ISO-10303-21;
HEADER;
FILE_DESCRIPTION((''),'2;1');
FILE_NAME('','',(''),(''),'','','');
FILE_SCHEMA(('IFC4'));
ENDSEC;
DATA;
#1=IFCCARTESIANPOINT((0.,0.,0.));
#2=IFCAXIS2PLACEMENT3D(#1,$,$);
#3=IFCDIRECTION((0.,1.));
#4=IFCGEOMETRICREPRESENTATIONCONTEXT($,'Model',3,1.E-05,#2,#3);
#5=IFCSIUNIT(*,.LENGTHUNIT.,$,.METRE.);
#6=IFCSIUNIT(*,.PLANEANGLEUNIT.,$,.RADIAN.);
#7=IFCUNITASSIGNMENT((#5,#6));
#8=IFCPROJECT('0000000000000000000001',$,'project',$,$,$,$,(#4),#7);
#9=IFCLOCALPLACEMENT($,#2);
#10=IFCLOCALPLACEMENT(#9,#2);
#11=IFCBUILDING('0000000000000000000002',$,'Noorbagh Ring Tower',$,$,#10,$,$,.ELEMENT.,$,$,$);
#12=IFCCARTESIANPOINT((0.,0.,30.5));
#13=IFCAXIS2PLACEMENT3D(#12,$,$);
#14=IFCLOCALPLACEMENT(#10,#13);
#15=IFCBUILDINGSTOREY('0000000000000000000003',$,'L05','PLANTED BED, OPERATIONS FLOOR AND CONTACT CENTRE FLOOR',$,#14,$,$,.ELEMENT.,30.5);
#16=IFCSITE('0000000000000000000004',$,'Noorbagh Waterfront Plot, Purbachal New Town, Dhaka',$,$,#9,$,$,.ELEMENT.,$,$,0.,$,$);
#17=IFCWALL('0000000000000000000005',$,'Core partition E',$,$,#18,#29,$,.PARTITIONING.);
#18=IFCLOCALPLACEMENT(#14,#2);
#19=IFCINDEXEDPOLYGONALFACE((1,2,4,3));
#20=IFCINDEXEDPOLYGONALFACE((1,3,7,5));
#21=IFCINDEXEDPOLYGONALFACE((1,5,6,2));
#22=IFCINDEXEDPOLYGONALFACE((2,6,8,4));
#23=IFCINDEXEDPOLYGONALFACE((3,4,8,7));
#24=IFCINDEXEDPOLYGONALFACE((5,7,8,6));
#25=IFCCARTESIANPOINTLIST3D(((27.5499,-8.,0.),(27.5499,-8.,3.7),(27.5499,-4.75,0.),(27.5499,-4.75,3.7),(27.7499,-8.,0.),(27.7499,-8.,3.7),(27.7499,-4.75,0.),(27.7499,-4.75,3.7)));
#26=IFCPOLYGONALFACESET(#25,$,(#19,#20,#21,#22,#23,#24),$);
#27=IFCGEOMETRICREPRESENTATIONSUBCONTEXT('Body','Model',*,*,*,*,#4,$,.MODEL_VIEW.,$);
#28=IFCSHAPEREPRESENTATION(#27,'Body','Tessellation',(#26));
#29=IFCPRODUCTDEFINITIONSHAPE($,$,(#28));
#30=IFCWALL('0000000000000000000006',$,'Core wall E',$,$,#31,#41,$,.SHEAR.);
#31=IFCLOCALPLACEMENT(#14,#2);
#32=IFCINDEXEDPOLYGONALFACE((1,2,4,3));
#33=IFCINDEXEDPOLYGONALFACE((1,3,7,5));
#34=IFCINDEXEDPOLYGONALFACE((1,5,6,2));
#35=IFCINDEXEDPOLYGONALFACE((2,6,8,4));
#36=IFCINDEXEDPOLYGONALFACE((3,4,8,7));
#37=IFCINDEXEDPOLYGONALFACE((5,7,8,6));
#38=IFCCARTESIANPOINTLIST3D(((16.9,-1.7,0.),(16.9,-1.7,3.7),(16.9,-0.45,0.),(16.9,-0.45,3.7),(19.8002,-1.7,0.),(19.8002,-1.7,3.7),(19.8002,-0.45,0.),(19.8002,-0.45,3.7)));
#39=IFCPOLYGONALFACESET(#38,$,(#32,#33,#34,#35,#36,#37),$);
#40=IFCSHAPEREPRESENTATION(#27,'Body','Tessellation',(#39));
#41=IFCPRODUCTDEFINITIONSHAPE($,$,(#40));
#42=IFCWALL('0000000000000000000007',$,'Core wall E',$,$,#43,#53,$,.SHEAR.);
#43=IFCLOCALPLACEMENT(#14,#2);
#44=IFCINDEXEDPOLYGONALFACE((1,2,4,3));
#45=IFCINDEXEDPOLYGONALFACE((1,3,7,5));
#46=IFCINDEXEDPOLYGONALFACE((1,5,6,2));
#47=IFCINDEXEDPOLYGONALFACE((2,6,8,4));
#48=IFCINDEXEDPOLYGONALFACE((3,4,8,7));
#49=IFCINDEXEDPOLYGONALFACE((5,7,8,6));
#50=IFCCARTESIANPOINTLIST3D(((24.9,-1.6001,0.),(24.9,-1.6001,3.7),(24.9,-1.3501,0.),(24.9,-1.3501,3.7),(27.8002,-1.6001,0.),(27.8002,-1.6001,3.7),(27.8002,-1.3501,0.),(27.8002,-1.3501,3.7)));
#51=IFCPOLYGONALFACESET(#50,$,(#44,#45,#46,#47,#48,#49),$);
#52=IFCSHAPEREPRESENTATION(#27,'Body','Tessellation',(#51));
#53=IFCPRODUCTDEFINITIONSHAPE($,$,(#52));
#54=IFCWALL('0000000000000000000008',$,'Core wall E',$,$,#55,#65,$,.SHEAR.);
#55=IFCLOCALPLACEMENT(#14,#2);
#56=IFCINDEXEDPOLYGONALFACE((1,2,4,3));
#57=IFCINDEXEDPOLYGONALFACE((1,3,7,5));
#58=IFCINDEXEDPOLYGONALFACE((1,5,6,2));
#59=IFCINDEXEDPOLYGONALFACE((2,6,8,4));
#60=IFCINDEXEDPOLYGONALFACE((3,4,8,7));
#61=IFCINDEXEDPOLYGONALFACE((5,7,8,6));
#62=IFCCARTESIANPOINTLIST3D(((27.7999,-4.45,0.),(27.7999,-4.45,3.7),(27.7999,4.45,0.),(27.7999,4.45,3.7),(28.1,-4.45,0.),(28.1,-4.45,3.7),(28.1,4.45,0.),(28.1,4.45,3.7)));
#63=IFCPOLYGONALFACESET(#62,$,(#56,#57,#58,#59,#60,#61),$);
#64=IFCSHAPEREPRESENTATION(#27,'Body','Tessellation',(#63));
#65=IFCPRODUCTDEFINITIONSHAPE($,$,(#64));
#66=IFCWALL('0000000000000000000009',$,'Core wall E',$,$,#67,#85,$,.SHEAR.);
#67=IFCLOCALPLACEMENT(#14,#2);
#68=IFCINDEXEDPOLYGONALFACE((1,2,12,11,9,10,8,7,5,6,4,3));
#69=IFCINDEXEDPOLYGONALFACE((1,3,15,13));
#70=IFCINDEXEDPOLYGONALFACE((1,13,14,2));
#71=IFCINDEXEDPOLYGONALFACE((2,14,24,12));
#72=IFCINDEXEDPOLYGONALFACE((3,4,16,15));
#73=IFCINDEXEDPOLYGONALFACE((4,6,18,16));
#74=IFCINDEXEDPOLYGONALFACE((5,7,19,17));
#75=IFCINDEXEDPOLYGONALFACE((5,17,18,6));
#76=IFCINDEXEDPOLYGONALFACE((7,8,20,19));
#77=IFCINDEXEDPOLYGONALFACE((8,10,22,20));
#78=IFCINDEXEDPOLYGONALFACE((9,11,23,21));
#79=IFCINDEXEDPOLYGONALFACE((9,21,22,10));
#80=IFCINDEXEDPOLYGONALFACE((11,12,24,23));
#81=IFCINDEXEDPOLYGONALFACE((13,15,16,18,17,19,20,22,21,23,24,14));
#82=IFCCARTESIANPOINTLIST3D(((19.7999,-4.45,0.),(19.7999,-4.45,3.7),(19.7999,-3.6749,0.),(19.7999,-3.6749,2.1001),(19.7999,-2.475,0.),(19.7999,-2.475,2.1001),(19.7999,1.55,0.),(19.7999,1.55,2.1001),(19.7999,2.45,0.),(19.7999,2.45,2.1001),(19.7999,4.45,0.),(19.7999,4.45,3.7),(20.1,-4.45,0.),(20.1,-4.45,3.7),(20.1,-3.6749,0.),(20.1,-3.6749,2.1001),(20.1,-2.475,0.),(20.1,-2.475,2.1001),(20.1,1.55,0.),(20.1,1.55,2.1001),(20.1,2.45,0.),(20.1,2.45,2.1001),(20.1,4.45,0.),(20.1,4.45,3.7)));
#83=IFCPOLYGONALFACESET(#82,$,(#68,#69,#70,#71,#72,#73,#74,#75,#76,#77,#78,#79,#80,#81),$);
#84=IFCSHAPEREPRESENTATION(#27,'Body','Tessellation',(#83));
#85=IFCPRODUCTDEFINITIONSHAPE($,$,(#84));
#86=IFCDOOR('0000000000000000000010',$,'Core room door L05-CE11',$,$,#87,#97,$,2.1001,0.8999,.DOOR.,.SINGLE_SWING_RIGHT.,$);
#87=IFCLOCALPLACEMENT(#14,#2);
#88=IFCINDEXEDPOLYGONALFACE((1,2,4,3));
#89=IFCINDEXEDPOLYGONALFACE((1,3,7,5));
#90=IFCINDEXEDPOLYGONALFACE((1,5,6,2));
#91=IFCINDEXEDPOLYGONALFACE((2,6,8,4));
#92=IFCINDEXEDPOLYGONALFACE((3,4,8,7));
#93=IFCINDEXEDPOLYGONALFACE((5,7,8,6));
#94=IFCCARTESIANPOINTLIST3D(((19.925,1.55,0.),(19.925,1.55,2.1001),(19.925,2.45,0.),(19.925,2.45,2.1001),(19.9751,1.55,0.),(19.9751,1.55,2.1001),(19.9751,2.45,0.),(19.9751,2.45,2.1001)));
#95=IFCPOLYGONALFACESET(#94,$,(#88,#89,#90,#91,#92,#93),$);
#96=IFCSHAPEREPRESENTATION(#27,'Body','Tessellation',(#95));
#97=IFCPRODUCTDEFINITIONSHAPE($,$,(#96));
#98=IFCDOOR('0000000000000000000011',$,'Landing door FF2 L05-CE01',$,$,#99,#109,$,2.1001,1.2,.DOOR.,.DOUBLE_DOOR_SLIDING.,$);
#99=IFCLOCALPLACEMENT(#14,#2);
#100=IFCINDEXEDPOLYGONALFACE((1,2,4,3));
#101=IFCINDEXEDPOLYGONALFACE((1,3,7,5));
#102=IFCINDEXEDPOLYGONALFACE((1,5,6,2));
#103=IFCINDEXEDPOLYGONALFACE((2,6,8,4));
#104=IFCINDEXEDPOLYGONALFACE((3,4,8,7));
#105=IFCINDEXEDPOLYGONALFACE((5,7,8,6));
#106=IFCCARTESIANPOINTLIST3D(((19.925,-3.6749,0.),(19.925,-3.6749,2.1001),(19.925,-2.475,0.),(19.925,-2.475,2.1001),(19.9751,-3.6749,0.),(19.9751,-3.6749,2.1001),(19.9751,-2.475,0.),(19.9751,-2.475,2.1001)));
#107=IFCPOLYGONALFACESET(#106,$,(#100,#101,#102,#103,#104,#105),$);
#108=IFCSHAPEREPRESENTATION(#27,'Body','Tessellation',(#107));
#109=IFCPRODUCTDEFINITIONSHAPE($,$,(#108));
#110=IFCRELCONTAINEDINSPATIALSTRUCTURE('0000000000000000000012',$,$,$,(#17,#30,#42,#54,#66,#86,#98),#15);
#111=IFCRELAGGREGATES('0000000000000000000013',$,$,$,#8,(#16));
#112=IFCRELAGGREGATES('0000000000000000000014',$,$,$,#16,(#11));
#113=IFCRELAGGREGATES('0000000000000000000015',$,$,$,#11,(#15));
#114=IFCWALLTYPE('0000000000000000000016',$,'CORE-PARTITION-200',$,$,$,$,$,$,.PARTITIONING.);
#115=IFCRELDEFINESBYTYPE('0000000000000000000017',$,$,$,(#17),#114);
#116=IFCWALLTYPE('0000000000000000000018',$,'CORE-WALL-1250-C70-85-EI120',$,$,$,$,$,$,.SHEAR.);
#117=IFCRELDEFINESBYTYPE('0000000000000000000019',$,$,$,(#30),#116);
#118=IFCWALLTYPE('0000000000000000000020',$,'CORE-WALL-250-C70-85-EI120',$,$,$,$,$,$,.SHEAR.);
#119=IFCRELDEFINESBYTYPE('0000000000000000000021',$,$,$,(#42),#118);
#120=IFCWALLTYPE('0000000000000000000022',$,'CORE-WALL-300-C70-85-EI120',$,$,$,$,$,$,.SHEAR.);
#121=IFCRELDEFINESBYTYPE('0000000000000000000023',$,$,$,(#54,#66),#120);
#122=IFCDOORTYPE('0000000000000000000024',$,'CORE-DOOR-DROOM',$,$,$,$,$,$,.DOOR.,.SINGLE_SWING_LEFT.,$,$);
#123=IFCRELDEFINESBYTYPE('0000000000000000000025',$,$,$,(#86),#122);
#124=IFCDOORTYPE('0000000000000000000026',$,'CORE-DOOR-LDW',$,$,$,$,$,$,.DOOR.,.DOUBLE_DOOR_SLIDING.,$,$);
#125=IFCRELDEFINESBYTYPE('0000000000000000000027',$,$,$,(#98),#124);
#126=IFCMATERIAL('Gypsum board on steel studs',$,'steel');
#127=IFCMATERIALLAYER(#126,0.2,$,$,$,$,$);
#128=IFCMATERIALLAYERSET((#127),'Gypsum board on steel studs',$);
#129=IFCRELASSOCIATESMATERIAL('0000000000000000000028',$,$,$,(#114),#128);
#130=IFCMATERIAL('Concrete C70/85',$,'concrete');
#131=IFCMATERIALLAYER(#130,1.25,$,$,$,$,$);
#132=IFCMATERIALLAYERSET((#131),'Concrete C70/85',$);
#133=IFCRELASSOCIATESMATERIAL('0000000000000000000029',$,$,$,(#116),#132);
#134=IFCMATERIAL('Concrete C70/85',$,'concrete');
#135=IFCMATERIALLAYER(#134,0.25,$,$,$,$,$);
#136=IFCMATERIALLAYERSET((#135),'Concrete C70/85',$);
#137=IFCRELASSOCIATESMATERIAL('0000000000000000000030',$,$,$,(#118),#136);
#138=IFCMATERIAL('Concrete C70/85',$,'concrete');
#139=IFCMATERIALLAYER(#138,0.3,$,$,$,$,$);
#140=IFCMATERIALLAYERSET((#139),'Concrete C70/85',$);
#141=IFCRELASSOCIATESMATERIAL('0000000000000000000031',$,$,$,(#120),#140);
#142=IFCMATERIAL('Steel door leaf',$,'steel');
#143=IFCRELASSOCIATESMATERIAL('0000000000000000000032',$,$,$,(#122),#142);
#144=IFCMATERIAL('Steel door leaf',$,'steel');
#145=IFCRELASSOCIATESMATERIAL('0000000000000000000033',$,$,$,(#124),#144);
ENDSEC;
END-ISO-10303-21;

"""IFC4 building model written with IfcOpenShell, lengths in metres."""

from ifc_helpers import new_model, si_unit, direction, frame, frame_2d, origin, place, context, subcontext, project, spatial, rectangle, extrude, material, layer, layer_set, type_object, element, fill, save


model = new_model("IFC4")

# Units and contexts
model_context = context("Model", 3, precision=1e-05, world=origin(), true_north=direction((0.0, 1.0)))
body_context = subcontext(model_context, "Body", "Model", "MODEL_VIEW")
ifc_project = project(units=[si_unit("LENGTHUNIT", "METRE"), si_unit("PLANEANGLEUNIT", "RADIAN")], contexts=[model_context])

# Site, building, storey
site_placement = place(None, origin())
site = spatial("IfcSite", under=ifc_project, at=site_placement, Name="Noorbagh Waterfront Plot, Purbachal New Town, Dhaka", CompositionType="ELEMENT", RefElevation=0.0)
building_placement = place(site_placement, origin())
building = spatial("IfcBuilding", under=site, at=building_placement, Name="Noorbagh Ring Tower", CompositionType="ELEMENT")
storey_placement = place(building_placement, frame((0.0, 0.0, 30.5)))
storey = spatial("IfcBuildingStorey", under=building, at=storey_placement, Name="L05", Description="PLANTED BED, OPERATIONS FLOOR AND CONTACT CENTRE FLOOR", CompositionType="ELEMENT", Elevation=30.5)

# Walls
ifc_material_1 = material(Name="Gypsum board on steel studs", Category="steel")
ifc_layer_1 = layer(ifc_material_1, 0.2)
ifc_layer_set_1 = layer_set([ifc_layer_1], Name="Gypsum board on steel studs")
wall_type_1 = type_object("IfcWallType", Name="CORE-PARTITION-200", PredefinedType="PARTITIONING", material=ifc_layer_set_1)
wall_1_placement = place(storey_placement, frame((27.6499, -8.0, 0.0), z_axis=(0.0, 0.0, 1.0), x_axis=(0.0, 1.0, 0.0)))
element("IfcWall", 1, at=wall_1_placement, inside=storey, type_object=wall_type_1, Name="Core partition E", PredefinedType="PARTITIONING", context=body_context, shape_type="SweptSolid", body=[
    extrude(rectangle(XDim=3.25, YDim=0.2, at=frame_2d((1.625, 0.0))), origin(), (0.0, 0.0, 1.0), 3.7),
])
ifc_material_2 = material(Name="Concrete C70/85", Category="concrete")
ifc_layer_2 = layer(ifc_material_2, 1.25)
ifc_layer_set_2 = layer_set([ifc_layer_2], Name="Concrete C70/85")
wall_type_2 = type_object("IfcWallType", Name="CORE-WALL-1250-C70-85-EI120", PredefinedType="SHEAR", material=ifc_layer_set_2)
wall_2_placement = place(storey_placement, frame((16.8999, -1.075, 0.0), z_axis=(0.0, 0.0, 1.0), x_axis=(1.0, 0.0, 0.0)))
element("IfcWall", 2, at=wall_2_placement, inside=storey, type_object=wall_type_2, Name="Core wall E", PredefinedType="SHEAR", context=body_context, shape_type="SweptSolid", body=[
    extrude(rectangle(XDim=2.9001, YDim=1.25, at=frame_2d((1.4502, 0.0))), origin(), (0.0, 0.0, 1.0), 3.7),
])
ifc_material_3 = material(Name="Concrete C70/85", Category="concrete")
ifc_layer_3 = layer(ifc_material_3, 0.25)
ifc_layer_set_3 = layer_set([ifc_layer_3], Name="Concrete C70/85")
wall_type_3 = type_object("IfcWallType", Name="CORE-WALL-250-C70-85-EI120", PredefinedType="SHEAR", material=ifc_layer_set_3)
wall_3_placement = place(storey_placement, frame((24.8999, -1.4751, 0.0), z_axis=(0.0, 0.0, 1.0), x_axis=(1.0, 0.0, 0.0)))
element("IfcWall", 3, at=wall_3_placement, inside=storey, type_object=wall_type_3, Name="Core wall E", PredefinedType="SHEAR", context=body_context, shape_type="SweptSolid", body=[
    extrude(rectangle(XDim=2.9001, YDim=0.25, at=frame_2d((1.4502, 0.0))), origin(), (0.0, 0.0, 1.0), 3.7),
])
ifc_material_4 = material(Name="Concrete C70/85", Category="concrete")
ifc_layer_4 = layer(ifc_material_4, 0.3)
ifc_layer_set_4 = layer_set([ifc_layer_4], Name="Concrete C70/85")
wall_type_4 = type_object("IfcWallType", Name="CORE-WALL-300-C70-85-EI120", PredefinedType="SHEAR", material=ifc_layer_set_4)
wall_4_placement = place(storey_placement, frame((27.95, -4.45, 0.0), z_axis=(0.0, 0.0, 1.0), x_axis=(0.0, 1.0, 0.0)))
element("IfcWall", 4, at=wall_4_placement, inside=storey, type_object=wall_type_4, Name="Core wall E", PredefinedType="SHEAR", context=body_context, shape_type="SweptSolid", body=[
    extrude(rectangle(XDim=8.8999, YDim=0.3, at=frame_2d((4.45, 0.0))), origin(), (0.0, 0.0, 1.0), 3.7),
])

# Wall, openings, doors
wall_5_placement = place(storey_placement, frame((19.95, -4.45, 0.0), z_axis=(0.0, 0.0, 1.0), x_axis=(0.0, 1.0, 0.0)))
wall_5 = element("IfcWall", 5, at=wall_5_placement, inside=storey, type_object=wall_type_4, Name="Core wall E", PredefinedType="SHEAR", context=body_context, shape_type="SweptSolid", body=[
    extrude(rectangle(XDim=8.8999, YDim=0.3, at=frame_2d((4.45, 0.0))), origin(), (0.0, 0.0, 1.0), 3.7),
])
opening_1_placement = place(wall_5_placement, frame((0.7749, 0.0, 0.0)))
opening_1 = element("IfcOpeningElement", 6, at=opening_1_placement, cuts=wall_5, PredefinedType="OPENING", context=body_context, shape_type="SweptSolid", body=[
    extrude(rectangle(XDim=1.2, YDim=2.1001, at=frame_2d((0.6001, 1.05))), frame((0.0, 0.1602, 0.0), z_axis=(0.0, -1.0, 0.0), x_axis=(1.0, 0.0, 0.0)), (0.0, 0.0, 1.0), 0.3201),
])
opening_2_placement = place(wall_5_placement, frame((6.0, 0.0, 0.0)))
opening_2 = element("IfcOpeningElement", 7, at=opening_2_placement, cuts=wall_5, PredefinedType="OPENING", context=body_context, shape_type="SweptSolid", body=[
    extrude(rectangle(XDim=0.8999, YDim=2.1001, at=frame_2d((0.45, 1.05))), frame((0.0, 0.1602, 0.0), z_axis=(0.0, -1.0, 0.0), x_axis=(1.0, 0.0, 0.0)), (0.0, 0.0, 1.0), 0.3201),
])
ifc_material_5 = material(Name="Steel door leaf", Category="steel")
door_type_1 = type_object("IfcDoorType", Name="CORE-DOOR-DROOM", OperationType="SINGLE_SWING_LEFT", PredefinedType="DOOR", material=ifc_material_5)
door_1_placement = place(opening_2_placement, origin())
door_1 = element("IfcDoor", 8, at=door_1_placement, inside=storey, type_object=door_type_1, Name="Core room door L05-CE11", OperationType="SINGLE_SWING_RIGHT", OverallHeight=2.1001, OverallWidth=0.8999, PredefinedType="DOOR", context=body_context, shape_type="SweptSolid", body=[
    extrude(rectangle(XDim=0.8999, YDim=2.1001, at=frame_2d((0.45, 1.05))), frame((0.0, 0.0249, 0.0), z_axis=(0.0, -1.0, 0.0), x_axis=(1.0, 0.0, 0.0)), (0.0, 0.0, 1.0), 0.05),
])
fill(opening_2, door_1)
ifc_material_6 = material(Name="Steel door leaf", Category="steel")
door_type_2 = type_object("IfcDoorType", Name="CORE-DOOR-LDW", OperationType="DOUBLE_DOOR_SLIDING", PredefinedType="DOOR", material=ifc_material_6)
door_2_placement = place(opening_1_placement, origin())
door_2 = element("IfcDoor", 9, at=door_2_placement, inside=storey, type_object=door_type_2, Name="Landing door FF2 L05-CE01", OperationType="DOUBLE_DOOR_SLIDING", OverallHeight=2.1001, OverallWidth=1.2, PredefinedType="DOOR", context=body_context, shape_type="SweptSolid", body=[
    extrude(rectangle(XDim=1.2, YDim=2.1001, at=frame_2d((0.6001, 1.05))), frame((0.0, 0.0249, 0.0), z_axis=(0.0, -1.0, 0.0), x_axis=(1.0, 0.0, 0.0)), (0.0, 0.0, 1.0), 0.05),
])
fill(opening_1, door_2)

save(model, "model.ifc")
